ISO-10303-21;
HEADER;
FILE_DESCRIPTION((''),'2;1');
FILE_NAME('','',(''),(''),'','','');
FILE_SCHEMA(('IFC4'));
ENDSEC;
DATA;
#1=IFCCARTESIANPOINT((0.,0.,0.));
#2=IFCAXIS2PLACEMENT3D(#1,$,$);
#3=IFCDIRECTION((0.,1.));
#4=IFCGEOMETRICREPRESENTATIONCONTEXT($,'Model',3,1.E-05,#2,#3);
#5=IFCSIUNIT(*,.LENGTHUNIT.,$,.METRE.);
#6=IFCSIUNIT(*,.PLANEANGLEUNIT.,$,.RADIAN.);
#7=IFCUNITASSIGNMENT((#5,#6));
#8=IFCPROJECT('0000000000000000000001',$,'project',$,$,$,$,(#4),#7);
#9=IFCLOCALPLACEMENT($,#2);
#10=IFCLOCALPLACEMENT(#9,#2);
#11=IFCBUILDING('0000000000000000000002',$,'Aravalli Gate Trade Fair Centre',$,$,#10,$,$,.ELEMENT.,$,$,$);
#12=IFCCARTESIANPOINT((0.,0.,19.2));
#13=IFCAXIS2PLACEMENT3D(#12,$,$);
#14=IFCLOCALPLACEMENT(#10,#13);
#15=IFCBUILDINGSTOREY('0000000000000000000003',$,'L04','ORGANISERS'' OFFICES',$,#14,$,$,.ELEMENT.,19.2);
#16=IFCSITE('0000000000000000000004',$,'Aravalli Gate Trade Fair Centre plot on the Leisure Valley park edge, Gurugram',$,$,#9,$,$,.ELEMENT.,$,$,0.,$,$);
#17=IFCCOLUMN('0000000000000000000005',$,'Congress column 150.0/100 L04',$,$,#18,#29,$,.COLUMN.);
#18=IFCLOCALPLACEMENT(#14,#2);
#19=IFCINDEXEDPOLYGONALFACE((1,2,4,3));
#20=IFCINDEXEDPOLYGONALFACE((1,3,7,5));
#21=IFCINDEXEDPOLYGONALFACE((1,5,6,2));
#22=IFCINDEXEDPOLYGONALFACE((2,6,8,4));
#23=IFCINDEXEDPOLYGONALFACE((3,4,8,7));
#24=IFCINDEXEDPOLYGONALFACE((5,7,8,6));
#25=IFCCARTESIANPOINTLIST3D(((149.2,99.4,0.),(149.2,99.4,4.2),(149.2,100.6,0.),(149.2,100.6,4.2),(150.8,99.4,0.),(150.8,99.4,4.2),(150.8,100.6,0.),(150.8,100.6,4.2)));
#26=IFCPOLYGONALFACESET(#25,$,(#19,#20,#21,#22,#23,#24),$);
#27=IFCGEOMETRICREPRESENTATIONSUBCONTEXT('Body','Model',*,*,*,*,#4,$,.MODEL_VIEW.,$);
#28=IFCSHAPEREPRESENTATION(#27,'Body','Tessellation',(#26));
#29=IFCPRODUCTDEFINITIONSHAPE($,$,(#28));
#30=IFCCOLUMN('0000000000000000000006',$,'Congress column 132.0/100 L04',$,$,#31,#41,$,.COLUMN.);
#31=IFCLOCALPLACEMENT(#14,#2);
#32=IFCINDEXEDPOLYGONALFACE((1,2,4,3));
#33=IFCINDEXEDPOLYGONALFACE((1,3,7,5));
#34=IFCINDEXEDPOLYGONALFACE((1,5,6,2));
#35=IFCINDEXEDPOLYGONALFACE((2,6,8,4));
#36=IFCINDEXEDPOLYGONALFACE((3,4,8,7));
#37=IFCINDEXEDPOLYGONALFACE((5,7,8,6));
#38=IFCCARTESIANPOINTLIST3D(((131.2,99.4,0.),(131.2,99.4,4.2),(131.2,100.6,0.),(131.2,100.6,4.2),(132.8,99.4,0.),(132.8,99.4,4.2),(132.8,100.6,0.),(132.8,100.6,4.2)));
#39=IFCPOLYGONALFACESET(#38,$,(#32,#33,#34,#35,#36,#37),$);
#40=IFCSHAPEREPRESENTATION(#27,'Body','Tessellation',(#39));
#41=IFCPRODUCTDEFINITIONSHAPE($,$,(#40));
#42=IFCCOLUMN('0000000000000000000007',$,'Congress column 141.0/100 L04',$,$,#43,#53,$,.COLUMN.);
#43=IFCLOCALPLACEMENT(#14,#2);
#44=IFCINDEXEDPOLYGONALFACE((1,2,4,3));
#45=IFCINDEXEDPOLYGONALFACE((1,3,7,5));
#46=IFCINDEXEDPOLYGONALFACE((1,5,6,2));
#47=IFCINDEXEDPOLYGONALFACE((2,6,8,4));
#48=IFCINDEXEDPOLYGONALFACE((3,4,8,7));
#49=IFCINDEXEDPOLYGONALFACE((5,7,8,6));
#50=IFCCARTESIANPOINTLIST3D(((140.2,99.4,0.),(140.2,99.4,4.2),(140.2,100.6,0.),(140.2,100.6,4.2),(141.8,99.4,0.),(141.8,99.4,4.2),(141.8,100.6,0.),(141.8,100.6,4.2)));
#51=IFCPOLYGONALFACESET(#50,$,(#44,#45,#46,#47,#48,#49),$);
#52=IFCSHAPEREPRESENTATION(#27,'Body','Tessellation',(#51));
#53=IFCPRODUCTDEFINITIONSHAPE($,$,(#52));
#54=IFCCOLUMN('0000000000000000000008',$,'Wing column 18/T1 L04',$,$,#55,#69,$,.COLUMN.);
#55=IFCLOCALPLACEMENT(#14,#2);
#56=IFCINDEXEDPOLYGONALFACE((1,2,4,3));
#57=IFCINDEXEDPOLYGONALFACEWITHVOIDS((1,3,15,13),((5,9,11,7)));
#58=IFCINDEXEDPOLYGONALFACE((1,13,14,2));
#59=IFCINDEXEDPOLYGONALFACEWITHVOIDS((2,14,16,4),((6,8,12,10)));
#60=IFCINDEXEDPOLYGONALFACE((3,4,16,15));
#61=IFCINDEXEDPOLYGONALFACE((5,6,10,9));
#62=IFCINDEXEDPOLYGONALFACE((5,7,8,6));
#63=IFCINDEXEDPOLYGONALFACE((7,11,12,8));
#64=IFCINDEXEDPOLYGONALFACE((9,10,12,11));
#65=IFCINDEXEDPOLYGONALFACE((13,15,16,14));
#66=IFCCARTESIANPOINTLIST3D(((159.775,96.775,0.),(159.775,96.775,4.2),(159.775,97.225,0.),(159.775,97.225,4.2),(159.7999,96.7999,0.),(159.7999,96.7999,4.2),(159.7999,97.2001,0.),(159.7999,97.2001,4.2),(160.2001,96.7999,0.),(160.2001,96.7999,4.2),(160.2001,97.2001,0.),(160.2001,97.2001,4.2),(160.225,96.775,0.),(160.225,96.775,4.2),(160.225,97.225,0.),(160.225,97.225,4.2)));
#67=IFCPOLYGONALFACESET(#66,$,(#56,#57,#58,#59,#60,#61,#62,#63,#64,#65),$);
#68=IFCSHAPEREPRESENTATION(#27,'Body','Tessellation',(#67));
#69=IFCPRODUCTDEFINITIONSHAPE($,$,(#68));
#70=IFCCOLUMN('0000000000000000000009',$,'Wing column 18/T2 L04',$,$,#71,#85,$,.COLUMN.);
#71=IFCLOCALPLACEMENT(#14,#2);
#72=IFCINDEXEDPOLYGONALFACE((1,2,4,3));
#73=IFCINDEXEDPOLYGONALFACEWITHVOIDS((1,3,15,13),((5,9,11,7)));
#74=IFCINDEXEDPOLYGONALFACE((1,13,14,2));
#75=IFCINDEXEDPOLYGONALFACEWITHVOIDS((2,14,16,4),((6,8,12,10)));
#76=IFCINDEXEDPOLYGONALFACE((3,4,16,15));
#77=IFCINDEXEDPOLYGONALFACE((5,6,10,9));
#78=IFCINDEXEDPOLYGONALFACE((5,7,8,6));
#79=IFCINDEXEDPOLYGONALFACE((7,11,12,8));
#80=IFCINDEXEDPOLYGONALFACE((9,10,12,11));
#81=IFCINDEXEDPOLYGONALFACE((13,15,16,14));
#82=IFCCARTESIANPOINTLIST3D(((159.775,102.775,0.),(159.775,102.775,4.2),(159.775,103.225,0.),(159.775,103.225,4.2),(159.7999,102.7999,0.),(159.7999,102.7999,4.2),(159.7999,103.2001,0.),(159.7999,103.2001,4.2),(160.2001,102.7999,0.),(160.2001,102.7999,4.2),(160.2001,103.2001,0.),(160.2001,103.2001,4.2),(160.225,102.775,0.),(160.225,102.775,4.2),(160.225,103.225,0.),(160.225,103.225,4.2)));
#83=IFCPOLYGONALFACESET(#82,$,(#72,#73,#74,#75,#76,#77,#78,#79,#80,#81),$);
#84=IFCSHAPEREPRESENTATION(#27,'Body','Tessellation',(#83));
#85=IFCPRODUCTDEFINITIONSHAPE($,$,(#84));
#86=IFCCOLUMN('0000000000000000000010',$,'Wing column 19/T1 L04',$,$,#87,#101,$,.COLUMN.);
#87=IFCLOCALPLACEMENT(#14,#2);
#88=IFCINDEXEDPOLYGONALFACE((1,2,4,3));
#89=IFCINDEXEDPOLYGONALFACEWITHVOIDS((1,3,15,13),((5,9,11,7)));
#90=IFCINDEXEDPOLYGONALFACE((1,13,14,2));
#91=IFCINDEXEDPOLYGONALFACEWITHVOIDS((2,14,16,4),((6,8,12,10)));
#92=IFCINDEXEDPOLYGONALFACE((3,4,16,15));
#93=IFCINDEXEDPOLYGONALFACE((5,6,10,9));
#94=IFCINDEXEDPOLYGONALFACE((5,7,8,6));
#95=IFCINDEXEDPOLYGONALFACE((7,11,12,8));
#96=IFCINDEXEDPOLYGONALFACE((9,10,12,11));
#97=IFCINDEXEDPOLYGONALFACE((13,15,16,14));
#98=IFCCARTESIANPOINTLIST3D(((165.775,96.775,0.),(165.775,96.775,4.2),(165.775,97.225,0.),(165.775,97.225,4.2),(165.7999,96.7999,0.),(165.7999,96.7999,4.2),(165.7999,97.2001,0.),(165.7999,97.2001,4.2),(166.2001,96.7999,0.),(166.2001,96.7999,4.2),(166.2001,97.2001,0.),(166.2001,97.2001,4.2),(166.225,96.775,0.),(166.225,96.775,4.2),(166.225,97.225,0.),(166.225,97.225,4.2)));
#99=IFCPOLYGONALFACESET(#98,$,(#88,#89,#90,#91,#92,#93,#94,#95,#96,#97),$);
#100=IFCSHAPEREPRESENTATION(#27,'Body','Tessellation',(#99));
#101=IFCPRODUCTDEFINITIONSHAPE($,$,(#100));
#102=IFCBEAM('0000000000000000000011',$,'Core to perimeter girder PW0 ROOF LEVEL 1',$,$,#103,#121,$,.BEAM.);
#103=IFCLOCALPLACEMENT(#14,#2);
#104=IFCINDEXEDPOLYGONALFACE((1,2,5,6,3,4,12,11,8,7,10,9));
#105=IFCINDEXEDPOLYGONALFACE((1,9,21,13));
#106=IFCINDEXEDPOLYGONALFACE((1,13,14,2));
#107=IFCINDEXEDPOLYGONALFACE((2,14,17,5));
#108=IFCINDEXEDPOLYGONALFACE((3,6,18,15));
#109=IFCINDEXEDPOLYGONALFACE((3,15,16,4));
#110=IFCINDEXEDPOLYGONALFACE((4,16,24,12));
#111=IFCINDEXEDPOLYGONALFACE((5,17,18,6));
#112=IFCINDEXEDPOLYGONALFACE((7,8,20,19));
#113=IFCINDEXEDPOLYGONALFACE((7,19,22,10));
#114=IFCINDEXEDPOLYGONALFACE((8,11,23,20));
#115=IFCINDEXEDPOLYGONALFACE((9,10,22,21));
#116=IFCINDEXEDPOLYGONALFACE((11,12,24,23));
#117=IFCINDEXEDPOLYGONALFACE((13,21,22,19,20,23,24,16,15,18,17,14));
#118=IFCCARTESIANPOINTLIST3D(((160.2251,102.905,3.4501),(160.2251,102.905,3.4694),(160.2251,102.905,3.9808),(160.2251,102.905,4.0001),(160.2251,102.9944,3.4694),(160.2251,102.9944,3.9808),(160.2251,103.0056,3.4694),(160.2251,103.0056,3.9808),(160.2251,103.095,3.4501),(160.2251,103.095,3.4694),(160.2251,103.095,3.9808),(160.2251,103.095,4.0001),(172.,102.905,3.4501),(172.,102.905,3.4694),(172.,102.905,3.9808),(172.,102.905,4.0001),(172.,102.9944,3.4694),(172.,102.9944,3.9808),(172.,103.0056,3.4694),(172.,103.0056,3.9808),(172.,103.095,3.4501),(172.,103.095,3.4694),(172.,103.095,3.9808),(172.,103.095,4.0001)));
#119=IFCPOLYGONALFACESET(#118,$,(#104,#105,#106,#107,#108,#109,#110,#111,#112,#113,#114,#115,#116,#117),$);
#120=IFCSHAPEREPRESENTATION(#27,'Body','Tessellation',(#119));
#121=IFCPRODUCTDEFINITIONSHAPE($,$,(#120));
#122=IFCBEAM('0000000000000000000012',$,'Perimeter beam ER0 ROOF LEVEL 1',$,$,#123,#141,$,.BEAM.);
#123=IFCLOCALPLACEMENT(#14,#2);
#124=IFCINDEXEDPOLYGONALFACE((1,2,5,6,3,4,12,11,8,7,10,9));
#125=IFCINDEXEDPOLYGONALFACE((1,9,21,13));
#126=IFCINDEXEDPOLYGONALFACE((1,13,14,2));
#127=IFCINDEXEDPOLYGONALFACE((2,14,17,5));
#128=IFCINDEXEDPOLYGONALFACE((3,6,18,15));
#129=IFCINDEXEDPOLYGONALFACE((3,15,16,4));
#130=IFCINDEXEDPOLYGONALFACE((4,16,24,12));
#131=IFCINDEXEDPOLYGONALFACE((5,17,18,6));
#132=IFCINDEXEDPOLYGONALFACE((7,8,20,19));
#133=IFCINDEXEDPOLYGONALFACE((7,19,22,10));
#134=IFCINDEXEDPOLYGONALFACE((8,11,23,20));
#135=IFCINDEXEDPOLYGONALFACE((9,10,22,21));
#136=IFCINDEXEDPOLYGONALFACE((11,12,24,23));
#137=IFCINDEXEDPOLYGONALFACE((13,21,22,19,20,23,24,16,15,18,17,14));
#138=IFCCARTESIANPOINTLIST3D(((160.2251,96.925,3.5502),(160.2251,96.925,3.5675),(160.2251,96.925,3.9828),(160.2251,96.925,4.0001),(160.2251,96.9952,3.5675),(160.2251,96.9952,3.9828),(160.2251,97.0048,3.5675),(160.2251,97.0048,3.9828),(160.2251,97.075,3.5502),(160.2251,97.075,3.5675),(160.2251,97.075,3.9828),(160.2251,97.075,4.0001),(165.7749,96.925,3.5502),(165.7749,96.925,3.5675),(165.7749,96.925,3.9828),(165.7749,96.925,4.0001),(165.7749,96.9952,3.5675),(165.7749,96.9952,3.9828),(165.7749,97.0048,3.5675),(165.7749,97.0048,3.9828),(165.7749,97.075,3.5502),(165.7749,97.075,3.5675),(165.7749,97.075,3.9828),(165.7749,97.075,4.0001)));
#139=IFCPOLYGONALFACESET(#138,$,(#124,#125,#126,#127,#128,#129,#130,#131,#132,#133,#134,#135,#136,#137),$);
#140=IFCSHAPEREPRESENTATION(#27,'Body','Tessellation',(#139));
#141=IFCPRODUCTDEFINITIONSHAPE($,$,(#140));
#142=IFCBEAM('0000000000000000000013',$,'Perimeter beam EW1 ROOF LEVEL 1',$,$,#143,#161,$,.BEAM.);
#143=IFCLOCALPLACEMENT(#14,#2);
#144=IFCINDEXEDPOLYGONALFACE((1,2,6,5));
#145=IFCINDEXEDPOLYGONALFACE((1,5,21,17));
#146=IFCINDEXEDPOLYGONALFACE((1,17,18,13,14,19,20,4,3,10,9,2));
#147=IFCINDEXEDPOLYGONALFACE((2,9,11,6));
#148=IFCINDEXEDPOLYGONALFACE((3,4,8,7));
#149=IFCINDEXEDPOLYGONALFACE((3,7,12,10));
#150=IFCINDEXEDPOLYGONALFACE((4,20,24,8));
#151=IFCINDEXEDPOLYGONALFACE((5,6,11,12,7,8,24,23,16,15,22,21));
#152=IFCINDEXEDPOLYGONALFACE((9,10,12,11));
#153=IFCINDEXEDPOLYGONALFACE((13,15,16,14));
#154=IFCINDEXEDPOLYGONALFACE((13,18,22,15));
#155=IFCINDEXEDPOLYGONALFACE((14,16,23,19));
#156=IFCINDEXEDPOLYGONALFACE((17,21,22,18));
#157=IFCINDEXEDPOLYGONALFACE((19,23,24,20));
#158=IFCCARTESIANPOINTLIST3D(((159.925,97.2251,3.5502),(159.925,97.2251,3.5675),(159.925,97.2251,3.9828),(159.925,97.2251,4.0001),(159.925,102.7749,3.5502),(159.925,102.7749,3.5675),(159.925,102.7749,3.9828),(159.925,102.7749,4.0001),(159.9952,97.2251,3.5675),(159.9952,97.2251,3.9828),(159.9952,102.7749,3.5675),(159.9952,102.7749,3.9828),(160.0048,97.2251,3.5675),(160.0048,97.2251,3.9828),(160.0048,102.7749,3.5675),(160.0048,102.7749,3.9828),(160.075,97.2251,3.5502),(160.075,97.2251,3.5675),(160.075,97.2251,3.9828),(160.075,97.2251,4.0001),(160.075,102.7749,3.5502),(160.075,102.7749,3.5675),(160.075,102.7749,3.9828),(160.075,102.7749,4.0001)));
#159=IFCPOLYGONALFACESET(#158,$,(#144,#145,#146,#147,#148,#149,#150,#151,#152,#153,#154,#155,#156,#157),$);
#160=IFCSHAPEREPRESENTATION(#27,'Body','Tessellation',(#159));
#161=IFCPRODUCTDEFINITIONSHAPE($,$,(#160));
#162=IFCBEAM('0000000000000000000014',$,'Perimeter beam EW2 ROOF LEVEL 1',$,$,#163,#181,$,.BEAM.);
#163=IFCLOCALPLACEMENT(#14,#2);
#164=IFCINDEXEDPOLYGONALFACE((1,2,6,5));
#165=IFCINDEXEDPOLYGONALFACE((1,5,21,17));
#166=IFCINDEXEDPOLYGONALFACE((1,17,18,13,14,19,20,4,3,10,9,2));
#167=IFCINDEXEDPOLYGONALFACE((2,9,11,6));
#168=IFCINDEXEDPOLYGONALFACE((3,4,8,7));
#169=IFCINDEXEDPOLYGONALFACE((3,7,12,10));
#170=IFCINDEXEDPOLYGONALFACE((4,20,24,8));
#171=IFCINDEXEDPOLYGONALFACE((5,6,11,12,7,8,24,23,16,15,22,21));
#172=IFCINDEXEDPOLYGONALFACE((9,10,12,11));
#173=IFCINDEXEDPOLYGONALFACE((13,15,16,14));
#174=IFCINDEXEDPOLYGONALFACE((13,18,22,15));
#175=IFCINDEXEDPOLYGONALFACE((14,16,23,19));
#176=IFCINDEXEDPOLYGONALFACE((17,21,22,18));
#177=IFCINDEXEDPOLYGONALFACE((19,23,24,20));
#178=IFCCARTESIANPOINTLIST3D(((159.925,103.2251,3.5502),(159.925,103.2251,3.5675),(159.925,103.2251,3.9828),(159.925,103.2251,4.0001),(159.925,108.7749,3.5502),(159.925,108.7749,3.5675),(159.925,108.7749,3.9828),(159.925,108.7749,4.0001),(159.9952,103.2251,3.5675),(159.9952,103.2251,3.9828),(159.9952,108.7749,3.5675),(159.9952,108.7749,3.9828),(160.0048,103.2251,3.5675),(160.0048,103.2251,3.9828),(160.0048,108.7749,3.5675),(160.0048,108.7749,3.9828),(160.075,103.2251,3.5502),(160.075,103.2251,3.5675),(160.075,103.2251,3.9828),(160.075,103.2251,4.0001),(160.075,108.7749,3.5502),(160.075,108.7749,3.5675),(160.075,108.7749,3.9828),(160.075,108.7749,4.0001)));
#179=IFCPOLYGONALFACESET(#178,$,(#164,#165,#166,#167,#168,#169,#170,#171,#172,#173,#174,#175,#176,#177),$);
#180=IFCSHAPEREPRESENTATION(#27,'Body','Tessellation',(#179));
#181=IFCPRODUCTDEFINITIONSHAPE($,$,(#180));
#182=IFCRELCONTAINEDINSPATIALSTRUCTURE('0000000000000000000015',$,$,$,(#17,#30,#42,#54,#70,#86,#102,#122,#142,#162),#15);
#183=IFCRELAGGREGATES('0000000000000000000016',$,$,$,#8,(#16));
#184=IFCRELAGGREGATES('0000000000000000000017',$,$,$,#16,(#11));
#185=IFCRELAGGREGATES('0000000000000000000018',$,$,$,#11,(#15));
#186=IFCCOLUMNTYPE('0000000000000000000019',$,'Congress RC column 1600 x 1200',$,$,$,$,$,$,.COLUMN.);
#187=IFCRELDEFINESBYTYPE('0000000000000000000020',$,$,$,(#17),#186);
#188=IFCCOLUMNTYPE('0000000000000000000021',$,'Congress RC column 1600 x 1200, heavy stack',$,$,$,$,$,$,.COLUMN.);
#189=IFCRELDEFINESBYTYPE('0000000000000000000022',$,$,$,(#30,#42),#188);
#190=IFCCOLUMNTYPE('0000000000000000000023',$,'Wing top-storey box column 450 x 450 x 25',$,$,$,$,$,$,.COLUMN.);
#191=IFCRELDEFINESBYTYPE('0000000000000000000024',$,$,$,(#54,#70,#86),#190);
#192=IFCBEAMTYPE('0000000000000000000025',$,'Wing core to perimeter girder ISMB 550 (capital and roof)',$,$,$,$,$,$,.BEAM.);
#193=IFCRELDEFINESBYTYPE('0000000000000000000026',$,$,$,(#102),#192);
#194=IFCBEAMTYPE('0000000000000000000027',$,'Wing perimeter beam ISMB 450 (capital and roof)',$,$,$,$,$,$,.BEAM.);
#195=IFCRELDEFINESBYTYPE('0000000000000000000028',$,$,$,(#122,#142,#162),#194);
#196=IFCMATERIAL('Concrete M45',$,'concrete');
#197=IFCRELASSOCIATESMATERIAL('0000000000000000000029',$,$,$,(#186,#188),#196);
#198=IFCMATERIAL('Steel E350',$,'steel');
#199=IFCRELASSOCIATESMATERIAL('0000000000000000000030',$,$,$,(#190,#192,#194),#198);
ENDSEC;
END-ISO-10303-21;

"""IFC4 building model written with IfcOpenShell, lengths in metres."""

from ifc_helpers import new_model, si_unit, direction, frame, origin, origin_2d, place, context, subcontext, project, spatial, rectangle, hollow_rectangle, i_section, extrude, material, material_profile, profile_set, type_object, element, save


model = new_model("IFC4")

# Units and contexts
model_context = context("Model", 3, precision=1e-05, world=origin(), true_north=direction((0.0, 1.0)))
body_context = subcontext(model_context, "Body", "Model", "MODEL_VIEW")
ifc_project = project(units=[si_unit("LENGTHUNIT", "METRE"), si_unit("PLANEANGLEUNIT", "RADIAN")], contexts=[model_context])

# Site, building, storey
site_placement = place(None, origin())
site = spatial("IfcSite", under=ifc_project, at=site_placement, Name="Aravalli Gate Trade Fair Centre plot on the Leisure Valley park edge, Gurugram", CompositionType="ELEMENT", RefElevation=0.0)
building_placement = place(site_placement, origin())
building = spatial("IfcBuilding", under=site, at=building_placement, Name="Aravalli Gate Trade Fair Centre", CompositionType="ELEMENT")
storey_placement = place(building_placement, frame((0.0, 0.0, 19.2)))
storey = spatial("IfcBuildingStorey", under=building, at=storey_placement, Name="L04", Description="ORGANISERS' OFFICES", CompositionType="ELEMENT", Elevation=19.2)

# Columns
ifc_material_1 = material(Name="Concrete M45", Category="concrete")
ifc_material_profile_1 = material_profile(ifc_material_1, rectangle(XDim=1.6001, YDim=1.2, at=origin_2d()), Name="RC 1600x1200")
ifc_profile_set_1 = profile_set([ifc_material_profile_1], Name="Concrete M45")
column_type_1 = type_object("IfcColumnType", Name="Congress RC column 1600 x 1200", PredefinedType="COLUMN", material=ifc_profile_set_1)
column_placement = place(storey_placement, frame((150.0, 100.0, 0.0), z_axis=(0.0, 0.0, 1.0), x_axis=(1.0, 0.0, 0.0)))
element("IfcColumn", 1, at=column_placement, inside=storey, type_object=column_type_1, Name="Congress column 150.0/100 L04", PredefinedType="COLUMN", context=body_context, shape_type="SweptSolid", body=[
    extrude(rectangle(XDim=1.6001, YDim=1.2, at=origin_2d()), origin(), (0.0, 0.0, 1.0), 4.2),
])
ifc_material_profile_2 = material_profile(ifc_material_1, rectangle(XDim=1.6001, YDim=1.2, at=origin_2d()), Name="RC 1600x1200")
ifc_profile_set_2 = profile_set([ifc_material_profile_2], Name="Concrete M45")
column_type_2 = type_object("IfcColumnType", Name="Congress RC column 1600 x 1200, heavy stack", PredefinedType="COLUMN", material=ifc_profile_set_2)
for number, where, z_axis, x_axis, name in (
    (2, (132.0, 100.0, 0.0), (0.0, 0.0, 1.0), (1.0, 0.0, 0.0), "Congress column 132.0/100 L04"),
    (3, (141.0, 100.0, 0.0), (0.0, 0.0, 1.0), (1.0, 0.0, 0.0), "Congress column 141.0/100 L04"),
):
    element("IfcColumn", number, at=place(storey_placement, frame(where, z_axis=z_axis, x_axis=x_axis)), inside=storey, type_object=column_type_2, Name=name, PredefinedType="COLUMN", context=body_context, shape_type="SweptSolid", body=[
        extrude(rectangle(XDim=1.6001, YDim=1.2, at=origin_2d()), origin(), (0.0, 0.0, 1.0), 4.2),
    ])
ifc_material_2 = material(Name="Steel E350", Category="steel")
ifc_material_profile_3 = material_profile(ifc_material_2, hollow_rectangle(XDim=0.45, YDim=0.45, WallThickness=0.0249, at=origin_2d()), Name="BOX 450x450x25")
ifc_profile_set_3 = profile_set([ifc_material_profile_3], Name="Steel E350")
column_type_3 = type_object("IfcColumnType", Name="Wing top-storey box column 450 x 450 x 25", PredefinedType="COLUMN", material=ifc_profile_set_3)
for number, where, z_axis, x_axis, name in (
    (4, (160.0, 97.0, 0.0), (0.0, 0.0, 1.0), (1.0, 0.0, 0.0), "Wing column 18/T1 L04"),
    (5, (160.0, 103.0, 0.0), (0.0, 0.0, 1.0), (1.0, 0.0, 0.0), "Wing column 18/T2 L04"),
    (6, (166.0, 97.0, 0.0), (0.0, 0.0, 1.0), (1.0, 0.0, 0.0), "Wing column 19/T1 L04"),
):
    element("IfcColumn", number, at=place(storey_placement, frame(where, z_axis=z_axis, x_axis=x_axis)), inside=storey, type_object=column_type_3, Name=name, PredefinedType="COLUMN", context=body_context, shape_type="SweptSolid", body=[
        extrude(hollow_rectangle(XDim=0.45, YDim=0.45, WallThickness=0.0249, at=origin_2d()), origin(), (0.0, 0.0, 1.0), 4.2),
    ])

# Beams
ifc_material_profile_4 = material_profile(ifc_material_2, i_section(OverallWidth=0.1899, OverallDepth=0.55, WebThickness=0.0112, FlangeThickness=0.0193, at=origin_2d()), Name="ISMB 550")
ifc_profile_set_4 = profile_set([ifc_material_profile_4], Name="Steel E350")
beam_type_1 = type_object("IfcBeamType", Name="Wing core to perimeter girder ISMB 550 (capital and roof)", PredefinedType="BEAM", material=ifc_profile_set_4)
beam_1_placement = place(storey_placement, frame((160.2251, 103.0, 3.7251), z_axis=(1.0, 0.0, 0.0), x_axis=(0.0, 1.0, 0.0)))
element("IfcBeam", 7, at=beam_1_placement, inside=storey, type_object=beam_type_1, Name="Core to perimeter girder PW0 ROOF LEVEL 1", PredefinedType="BEAM", context=body_context, shape_type="SweptSolid", body=[
    extrude(i_section(OverallWidth=0.1899, OverallDepth=0.55, WebThickness=0.0112, FlangeThickness=0.0193, at=origin_2d()), origin(), (0.0, 0.0, 1.0), 11.7749),
])
ifc_material_profile_5 = material_profile(ifc_material_2, i_section(OverallWidth=0.1499, OverallDepth=0.45, WebThickness=0.0095, FlangeThickness=0.0173, at=origin_2d()), Name="ISMB 450")
ifc_profile_set_5 = profile_set([ifc_material_profile_5], Name="Steel E350")
beam_type_2 = type_object("IfcBeamType", Name="Wing perimeter beam ISMB 450 (capital and roof)", PredefinedType="BEAM", material=ifc_profile_set_5)
for number, where, z_axis, x_axis, name in (
    (8, (160.2251, 97.0, 3.7751), (1.0, 0.0, 0.0), (0.0, 1.0, 0.0), "Perimeter beam ER0 ROOF LEVEL 1"),
    (9, (160.0, 97.2251, 3.7751), (0.0, 1.0, 0.0), (-1.0, 0.0, 0.0), "Perimeter beam EW1 ROOF LEVEL 1"),
    (10, (160.0, 103.2251, 3.7751), (0.0, 1.0, 0.0), (-1.0, 0.0, 0.0), "Perimeter beam EW2 ROOF LEVEL 1"),
):
    element("IfcBeam", number, at=place(storey_placement, frame(where, z_axis=z_axis, x_axis=x_axis)), inside=storey, type_object=beam_type_2, Name=name, PredefinedType="BEAM", context=body_context, shape_type="SweptSolid", body=[
        extrude(i_section(OverallWidth=0.1499, OverallDepth=0.45, WebThickness=0.0095, FlangeThickness=0.0173, at=origin_2d()), origin(), (0.0, 0.0, 1.0), 5.5498),
    ])

save(model, "model.ifc")
